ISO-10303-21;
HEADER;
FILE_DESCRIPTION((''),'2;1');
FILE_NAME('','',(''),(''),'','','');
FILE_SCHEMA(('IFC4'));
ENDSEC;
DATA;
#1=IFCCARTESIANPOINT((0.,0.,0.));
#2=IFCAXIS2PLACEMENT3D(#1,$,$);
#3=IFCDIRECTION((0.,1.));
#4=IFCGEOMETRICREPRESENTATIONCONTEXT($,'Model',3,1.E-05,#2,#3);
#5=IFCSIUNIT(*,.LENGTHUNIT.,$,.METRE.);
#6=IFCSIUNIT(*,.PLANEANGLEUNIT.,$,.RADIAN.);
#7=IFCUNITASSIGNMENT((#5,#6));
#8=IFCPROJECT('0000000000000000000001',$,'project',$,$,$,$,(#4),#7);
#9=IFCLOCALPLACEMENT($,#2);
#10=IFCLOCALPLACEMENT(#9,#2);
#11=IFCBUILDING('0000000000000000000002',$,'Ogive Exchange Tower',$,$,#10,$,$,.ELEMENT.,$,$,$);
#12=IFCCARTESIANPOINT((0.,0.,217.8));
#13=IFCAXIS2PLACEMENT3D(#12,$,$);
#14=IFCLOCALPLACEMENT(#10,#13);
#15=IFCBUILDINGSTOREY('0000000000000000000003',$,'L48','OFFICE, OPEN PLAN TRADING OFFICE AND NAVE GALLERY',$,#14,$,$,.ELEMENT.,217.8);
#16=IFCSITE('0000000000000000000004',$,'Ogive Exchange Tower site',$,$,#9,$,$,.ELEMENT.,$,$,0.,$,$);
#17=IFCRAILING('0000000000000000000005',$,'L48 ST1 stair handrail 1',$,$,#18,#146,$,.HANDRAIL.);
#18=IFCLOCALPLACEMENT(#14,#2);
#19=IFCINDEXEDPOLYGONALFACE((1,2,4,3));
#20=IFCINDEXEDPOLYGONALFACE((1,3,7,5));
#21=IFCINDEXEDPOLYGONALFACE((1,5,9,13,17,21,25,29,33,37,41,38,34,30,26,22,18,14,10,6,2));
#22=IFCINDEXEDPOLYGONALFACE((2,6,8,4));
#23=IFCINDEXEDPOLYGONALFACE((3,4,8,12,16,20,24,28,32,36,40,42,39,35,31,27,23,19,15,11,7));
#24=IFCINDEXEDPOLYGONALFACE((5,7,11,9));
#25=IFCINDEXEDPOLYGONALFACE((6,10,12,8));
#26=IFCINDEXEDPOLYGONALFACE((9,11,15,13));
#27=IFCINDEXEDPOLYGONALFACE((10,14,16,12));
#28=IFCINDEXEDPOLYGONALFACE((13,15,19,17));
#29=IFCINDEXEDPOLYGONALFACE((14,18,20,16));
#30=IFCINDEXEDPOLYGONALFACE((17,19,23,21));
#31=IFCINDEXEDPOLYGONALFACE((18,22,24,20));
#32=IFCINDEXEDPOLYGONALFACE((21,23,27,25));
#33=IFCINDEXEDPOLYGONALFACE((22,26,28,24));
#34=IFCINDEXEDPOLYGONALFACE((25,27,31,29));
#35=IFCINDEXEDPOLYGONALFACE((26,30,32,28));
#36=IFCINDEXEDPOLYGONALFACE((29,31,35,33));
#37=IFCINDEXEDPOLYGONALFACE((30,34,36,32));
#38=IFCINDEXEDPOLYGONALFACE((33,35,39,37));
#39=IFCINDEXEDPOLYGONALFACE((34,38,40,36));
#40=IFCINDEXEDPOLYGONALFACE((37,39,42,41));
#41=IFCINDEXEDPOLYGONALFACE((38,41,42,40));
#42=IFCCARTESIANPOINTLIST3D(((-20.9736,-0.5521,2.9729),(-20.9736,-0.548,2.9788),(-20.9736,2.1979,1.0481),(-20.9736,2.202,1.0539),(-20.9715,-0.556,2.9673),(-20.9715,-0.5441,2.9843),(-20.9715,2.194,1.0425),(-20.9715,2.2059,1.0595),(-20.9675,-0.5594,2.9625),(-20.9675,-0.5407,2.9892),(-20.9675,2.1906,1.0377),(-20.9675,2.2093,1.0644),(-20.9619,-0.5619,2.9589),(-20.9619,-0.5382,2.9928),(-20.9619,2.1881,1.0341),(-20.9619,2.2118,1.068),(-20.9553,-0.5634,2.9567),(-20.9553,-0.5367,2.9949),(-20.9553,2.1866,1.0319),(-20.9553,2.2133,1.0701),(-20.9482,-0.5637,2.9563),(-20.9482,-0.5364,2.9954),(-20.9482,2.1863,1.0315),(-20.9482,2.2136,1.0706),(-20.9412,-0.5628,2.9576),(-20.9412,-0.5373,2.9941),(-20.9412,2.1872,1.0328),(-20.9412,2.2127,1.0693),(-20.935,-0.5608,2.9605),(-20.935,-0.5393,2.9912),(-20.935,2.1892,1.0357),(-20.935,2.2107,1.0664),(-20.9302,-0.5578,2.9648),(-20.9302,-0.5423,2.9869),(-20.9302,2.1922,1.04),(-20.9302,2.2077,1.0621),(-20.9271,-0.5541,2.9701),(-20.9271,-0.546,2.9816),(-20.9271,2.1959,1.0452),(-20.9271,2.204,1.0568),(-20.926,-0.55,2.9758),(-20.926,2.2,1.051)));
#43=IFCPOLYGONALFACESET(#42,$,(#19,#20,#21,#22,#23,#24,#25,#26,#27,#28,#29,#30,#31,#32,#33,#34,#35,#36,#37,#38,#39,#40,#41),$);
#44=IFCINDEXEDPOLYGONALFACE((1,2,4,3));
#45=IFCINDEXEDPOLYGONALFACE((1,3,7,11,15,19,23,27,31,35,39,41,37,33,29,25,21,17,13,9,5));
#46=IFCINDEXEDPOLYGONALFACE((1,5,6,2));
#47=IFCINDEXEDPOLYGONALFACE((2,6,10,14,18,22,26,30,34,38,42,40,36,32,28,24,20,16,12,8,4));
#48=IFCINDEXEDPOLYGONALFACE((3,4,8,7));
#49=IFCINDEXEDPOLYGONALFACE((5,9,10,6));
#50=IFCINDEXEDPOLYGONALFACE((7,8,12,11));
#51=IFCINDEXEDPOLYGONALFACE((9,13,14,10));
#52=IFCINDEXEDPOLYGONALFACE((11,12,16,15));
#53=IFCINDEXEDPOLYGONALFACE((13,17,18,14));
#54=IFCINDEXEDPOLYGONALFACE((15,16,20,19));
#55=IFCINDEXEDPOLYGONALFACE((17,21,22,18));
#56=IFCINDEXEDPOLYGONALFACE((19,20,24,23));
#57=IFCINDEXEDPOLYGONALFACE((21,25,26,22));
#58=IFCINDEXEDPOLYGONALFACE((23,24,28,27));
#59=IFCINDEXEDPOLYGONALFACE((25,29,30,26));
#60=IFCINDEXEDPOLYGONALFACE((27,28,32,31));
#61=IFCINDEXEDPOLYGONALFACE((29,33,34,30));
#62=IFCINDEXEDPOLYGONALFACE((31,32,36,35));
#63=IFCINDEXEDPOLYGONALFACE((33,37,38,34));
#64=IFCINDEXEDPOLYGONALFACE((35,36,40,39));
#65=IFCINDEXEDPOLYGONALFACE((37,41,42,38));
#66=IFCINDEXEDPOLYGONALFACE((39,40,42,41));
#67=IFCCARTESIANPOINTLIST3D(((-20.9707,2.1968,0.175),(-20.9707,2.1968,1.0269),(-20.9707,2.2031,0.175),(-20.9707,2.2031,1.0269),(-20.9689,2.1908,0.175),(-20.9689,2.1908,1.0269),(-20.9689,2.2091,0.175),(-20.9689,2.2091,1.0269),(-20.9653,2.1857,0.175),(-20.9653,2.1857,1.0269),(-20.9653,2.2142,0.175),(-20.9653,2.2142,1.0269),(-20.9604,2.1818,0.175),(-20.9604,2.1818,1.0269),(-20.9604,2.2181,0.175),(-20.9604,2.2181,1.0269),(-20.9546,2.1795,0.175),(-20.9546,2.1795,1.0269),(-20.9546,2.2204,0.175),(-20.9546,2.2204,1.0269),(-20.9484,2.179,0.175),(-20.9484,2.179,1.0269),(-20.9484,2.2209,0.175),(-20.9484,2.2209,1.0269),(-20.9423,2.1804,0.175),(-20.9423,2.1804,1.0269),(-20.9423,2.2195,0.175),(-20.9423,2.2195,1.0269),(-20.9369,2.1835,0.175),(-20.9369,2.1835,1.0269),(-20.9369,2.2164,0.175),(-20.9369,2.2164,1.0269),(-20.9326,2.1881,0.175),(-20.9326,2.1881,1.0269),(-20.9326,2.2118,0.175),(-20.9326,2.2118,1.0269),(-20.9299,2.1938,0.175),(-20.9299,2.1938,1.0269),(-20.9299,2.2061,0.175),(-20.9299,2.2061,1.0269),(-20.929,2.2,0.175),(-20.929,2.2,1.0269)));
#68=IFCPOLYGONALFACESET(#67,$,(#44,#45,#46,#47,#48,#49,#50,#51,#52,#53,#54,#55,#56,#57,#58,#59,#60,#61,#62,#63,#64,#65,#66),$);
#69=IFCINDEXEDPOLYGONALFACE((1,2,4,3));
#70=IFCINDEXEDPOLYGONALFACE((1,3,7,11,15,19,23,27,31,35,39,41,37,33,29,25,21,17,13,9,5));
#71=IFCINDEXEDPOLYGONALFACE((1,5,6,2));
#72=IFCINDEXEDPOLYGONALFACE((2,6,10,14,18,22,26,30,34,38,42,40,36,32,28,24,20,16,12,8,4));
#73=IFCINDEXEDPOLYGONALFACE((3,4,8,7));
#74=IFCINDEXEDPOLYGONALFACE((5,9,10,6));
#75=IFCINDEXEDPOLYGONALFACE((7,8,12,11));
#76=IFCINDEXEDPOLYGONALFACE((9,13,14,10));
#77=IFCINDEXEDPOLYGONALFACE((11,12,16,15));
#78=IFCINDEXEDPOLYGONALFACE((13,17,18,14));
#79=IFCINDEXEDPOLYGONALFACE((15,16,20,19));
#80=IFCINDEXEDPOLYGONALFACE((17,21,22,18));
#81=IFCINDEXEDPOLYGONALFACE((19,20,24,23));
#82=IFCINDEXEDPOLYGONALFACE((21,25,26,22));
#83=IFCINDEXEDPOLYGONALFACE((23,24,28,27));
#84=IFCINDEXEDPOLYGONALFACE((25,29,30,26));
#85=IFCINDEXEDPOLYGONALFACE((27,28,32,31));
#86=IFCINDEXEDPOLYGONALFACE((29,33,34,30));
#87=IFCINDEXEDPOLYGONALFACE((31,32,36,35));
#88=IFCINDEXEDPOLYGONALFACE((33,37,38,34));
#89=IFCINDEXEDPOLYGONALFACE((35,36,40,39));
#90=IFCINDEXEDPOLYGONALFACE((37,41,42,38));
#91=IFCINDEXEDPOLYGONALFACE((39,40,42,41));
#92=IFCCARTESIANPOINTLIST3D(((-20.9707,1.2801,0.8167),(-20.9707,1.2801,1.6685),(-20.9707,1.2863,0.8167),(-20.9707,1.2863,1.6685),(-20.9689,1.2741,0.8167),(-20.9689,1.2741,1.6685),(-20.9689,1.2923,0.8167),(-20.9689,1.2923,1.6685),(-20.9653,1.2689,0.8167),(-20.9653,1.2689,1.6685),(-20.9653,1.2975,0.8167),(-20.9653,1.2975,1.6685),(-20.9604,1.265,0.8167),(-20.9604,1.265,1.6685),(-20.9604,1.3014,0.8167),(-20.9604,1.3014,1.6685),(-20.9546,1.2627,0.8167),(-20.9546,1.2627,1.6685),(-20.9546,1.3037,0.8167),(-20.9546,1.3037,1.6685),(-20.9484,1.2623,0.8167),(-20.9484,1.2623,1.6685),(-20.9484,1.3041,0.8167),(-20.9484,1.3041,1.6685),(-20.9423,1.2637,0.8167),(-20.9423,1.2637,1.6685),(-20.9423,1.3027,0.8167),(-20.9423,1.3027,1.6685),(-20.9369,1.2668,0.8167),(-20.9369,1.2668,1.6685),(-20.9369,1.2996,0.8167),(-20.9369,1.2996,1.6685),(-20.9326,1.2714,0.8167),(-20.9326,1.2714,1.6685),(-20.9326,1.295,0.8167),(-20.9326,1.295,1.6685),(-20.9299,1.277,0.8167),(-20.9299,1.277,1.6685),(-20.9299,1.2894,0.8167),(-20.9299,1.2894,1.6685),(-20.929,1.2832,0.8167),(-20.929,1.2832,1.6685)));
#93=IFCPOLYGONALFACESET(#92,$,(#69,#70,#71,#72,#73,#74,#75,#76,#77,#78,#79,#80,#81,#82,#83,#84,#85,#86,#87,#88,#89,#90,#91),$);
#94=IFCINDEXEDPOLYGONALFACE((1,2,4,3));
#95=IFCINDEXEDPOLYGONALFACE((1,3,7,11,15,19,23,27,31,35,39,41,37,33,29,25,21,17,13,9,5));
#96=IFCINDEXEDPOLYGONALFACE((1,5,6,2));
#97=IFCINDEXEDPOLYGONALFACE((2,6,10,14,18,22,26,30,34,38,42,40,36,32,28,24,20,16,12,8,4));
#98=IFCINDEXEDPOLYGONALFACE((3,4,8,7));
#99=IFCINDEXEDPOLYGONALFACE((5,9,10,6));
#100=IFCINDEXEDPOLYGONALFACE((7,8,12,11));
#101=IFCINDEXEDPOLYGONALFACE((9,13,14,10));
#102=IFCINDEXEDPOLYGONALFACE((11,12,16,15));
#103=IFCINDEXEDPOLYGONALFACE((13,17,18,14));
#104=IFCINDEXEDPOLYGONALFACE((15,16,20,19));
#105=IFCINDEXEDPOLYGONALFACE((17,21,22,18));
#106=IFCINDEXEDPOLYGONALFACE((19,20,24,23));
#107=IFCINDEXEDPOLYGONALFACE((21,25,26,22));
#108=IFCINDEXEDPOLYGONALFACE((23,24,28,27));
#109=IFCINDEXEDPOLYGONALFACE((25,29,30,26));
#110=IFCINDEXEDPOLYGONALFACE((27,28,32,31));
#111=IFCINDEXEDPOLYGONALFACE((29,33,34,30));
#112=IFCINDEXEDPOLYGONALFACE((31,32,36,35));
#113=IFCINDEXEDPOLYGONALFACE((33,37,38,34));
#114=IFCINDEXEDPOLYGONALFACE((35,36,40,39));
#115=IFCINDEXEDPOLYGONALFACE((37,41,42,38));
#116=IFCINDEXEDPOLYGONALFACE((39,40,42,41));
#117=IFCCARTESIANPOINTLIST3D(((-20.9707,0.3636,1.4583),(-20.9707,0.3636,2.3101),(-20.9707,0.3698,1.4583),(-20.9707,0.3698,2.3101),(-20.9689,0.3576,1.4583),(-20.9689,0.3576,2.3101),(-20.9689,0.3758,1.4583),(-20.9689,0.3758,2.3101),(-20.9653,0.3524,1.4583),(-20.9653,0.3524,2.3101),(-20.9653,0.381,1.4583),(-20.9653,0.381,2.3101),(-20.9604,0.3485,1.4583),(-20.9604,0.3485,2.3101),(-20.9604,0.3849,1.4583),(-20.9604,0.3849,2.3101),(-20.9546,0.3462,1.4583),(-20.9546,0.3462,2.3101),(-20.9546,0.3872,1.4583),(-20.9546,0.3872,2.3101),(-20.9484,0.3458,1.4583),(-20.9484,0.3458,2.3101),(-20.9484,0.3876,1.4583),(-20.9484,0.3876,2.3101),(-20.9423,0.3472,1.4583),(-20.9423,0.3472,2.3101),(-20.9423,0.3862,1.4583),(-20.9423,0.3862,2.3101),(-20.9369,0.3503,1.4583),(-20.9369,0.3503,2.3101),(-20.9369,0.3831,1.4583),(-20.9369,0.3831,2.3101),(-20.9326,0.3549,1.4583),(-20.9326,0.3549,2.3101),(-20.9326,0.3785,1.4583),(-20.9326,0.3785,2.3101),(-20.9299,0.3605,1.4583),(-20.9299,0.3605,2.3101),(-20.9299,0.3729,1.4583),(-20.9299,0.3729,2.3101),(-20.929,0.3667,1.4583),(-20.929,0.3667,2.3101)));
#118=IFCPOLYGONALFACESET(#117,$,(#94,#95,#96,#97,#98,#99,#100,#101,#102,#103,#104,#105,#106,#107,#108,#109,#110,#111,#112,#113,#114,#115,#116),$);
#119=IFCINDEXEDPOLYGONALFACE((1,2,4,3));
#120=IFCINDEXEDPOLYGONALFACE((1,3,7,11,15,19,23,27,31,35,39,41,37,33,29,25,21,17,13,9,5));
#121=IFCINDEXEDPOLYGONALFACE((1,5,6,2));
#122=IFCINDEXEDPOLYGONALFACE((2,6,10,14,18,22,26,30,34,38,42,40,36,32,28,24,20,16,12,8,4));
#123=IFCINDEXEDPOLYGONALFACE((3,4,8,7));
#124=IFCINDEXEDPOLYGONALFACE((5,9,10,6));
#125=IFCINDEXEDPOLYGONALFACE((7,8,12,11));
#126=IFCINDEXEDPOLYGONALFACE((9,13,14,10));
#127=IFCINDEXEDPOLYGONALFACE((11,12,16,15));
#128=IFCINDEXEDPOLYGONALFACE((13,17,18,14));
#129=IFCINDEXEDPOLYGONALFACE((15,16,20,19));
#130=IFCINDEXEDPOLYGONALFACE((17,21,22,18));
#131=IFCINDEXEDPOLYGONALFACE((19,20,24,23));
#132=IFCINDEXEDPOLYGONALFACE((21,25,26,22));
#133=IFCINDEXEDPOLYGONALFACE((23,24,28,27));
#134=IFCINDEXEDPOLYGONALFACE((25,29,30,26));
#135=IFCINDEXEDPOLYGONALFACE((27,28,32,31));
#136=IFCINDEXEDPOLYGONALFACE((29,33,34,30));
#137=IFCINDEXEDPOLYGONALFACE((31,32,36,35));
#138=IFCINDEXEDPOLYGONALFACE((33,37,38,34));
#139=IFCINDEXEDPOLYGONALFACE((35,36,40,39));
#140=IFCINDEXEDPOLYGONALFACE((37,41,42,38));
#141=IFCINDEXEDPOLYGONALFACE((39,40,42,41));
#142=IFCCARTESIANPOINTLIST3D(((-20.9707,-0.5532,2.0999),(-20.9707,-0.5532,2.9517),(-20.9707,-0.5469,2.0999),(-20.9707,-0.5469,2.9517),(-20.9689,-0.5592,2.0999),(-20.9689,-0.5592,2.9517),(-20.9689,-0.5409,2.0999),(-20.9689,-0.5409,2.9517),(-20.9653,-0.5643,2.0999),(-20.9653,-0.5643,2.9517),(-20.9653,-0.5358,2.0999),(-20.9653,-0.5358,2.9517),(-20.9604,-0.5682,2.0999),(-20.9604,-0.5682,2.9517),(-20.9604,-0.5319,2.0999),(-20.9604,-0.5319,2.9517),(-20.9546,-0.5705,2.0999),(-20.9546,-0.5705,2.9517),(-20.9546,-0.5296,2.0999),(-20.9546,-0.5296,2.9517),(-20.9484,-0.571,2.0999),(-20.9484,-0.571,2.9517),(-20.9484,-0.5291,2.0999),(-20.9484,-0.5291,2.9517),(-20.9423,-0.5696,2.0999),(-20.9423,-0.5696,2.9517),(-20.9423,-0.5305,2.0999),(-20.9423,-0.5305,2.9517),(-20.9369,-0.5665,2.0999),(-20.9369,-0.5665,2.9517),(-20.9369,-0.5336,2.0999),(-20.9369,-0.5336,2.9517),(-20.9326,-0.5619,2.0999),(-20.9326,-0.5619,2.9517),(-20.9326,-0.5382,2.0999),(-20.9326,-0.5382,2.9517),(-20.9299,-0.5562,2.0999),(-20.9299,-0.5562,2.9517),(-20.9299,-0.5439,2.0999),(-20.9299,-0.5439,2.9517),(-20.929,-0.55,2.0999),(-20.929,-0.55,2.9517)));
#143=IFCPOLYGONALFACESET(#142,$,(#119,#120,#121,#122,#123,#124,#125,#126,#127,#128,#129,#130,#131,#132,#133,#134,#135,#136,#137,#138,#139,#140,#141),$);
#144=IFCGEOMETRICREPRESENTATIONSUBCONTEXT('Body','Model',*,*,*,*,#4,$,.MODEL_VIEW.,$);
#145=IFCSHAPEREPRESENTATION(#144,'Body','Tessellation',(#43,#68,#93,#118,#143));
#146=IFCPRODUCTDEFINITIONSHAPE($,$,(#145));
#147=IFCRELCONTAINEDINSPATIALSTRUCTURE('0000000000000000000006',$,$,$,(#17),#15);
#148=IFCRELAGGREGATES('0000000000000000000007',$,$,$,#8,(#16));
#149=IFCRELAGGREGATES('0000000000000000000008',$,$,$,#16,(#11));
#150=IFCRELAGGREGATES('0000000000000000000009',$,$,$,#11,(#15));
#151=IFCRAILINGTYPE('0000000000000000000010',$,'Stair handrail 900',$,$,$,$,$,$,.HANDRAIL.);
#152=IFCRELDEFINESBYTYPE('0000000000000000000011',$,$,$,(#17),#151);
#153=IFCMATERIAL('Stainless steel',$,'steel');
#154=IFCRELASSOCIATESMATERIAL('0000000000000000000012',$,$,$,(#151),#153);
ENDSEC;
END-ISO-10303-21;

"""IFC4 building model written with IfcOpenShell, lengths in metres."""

from ifc_helpers import new_model, si_unit, direction, frame, origin, origin_2d, place, context, subcontext, project, spatial, circle, extrude, material, type_object, element, save


model = new_model("IFC4")

# Units and contexts
model_context = context("Model", 3, precision=1e-05, world=origin(), true_north=direction((0.0, 1.0)))
body_context = subcontext(model_context, "Body", "Model", "MODEL_VIEW")
ifc_project = project(units=[si_unit("LENGTHUNIT", "METRE"), si_unit("PLANEANGLEUNIT", "RADIAN")], contexts=[model_context])

# Site, building, storey
site_placement = place(None, origin())
site = spatial("IfcSite", under=ifc_project, at=site_placement, Name="Ogive Exchange Tower site", CompositionType="ELEMENT", RefElevation=0.0)
building_placement = place(site_placement, origin())
building = spatial("IfcBuilding", under=site, at=building_placement, Name="Ogive Exchange Tower", CompositionType="ELEMENT")
storey_placement = place(building_placement, frame((0.0, 0.0, 217.8)))
storey = spatial("IfcBuildingStorey", under=building, at=storey_placement, Name="L48", Description="OFFICE, OPEN PLAN TRADING OFFICE AND NAVE GALLERY", CompositionType="ELEMENT", Elevation=217.8)

# Shared definitions
ifc_material_1 = material(Name="Stainless steel", Category="steel")

# Railing
railing_type = type_object("IfcRailingType", Name="Stair handrail 900", PredefinedType="HANDRAIL", material=ifc_material_1)
railing_placement = place(storey_placement, frame((-20.95, 2.2, 0.175)))
element("IfcRailing", 1, at=railing_placement, inside=storey, type_object=railing_type, Name="L48 ST1 stair handrail 1", PredefinedType="HANDRAIL", context=body_context, shape_type="SweptSolid", body=[
    extrude(circle(Radius=0.0239, at=origin_2d()), frame((0.0, 0.0, 0.876), z_axis=(0.0, -0.819259, 0.573423), x_axis=(1.0, 0.0, 0.0)), (0.0, 0.0, 1.0), 3.3567),
    extrude(circle(Radius=0.021, at=origin_2d()), origin(), (0.0, 0.0, 1.0), 0.8518),
    extrude(circle(Radius=0.021, at=origin_2d()), frame((0.0, -0.9167, 0.6416)), (0.0, 0.0, 1.0), 0.8518),
    extrude(circle(Radius=0.021, at=origin_2d()), frame((0.0, -1.8333, 1.2832)), (0.0, 0.0, 1.0), 0.8518),
    extrude(circle(Radius=0.021, at=origin_2d()), frame((0.0, -2.75, 1.9248)), (0.0, 0.0, 1.0), 0.8518),
])

save(model, "model.ifc")
